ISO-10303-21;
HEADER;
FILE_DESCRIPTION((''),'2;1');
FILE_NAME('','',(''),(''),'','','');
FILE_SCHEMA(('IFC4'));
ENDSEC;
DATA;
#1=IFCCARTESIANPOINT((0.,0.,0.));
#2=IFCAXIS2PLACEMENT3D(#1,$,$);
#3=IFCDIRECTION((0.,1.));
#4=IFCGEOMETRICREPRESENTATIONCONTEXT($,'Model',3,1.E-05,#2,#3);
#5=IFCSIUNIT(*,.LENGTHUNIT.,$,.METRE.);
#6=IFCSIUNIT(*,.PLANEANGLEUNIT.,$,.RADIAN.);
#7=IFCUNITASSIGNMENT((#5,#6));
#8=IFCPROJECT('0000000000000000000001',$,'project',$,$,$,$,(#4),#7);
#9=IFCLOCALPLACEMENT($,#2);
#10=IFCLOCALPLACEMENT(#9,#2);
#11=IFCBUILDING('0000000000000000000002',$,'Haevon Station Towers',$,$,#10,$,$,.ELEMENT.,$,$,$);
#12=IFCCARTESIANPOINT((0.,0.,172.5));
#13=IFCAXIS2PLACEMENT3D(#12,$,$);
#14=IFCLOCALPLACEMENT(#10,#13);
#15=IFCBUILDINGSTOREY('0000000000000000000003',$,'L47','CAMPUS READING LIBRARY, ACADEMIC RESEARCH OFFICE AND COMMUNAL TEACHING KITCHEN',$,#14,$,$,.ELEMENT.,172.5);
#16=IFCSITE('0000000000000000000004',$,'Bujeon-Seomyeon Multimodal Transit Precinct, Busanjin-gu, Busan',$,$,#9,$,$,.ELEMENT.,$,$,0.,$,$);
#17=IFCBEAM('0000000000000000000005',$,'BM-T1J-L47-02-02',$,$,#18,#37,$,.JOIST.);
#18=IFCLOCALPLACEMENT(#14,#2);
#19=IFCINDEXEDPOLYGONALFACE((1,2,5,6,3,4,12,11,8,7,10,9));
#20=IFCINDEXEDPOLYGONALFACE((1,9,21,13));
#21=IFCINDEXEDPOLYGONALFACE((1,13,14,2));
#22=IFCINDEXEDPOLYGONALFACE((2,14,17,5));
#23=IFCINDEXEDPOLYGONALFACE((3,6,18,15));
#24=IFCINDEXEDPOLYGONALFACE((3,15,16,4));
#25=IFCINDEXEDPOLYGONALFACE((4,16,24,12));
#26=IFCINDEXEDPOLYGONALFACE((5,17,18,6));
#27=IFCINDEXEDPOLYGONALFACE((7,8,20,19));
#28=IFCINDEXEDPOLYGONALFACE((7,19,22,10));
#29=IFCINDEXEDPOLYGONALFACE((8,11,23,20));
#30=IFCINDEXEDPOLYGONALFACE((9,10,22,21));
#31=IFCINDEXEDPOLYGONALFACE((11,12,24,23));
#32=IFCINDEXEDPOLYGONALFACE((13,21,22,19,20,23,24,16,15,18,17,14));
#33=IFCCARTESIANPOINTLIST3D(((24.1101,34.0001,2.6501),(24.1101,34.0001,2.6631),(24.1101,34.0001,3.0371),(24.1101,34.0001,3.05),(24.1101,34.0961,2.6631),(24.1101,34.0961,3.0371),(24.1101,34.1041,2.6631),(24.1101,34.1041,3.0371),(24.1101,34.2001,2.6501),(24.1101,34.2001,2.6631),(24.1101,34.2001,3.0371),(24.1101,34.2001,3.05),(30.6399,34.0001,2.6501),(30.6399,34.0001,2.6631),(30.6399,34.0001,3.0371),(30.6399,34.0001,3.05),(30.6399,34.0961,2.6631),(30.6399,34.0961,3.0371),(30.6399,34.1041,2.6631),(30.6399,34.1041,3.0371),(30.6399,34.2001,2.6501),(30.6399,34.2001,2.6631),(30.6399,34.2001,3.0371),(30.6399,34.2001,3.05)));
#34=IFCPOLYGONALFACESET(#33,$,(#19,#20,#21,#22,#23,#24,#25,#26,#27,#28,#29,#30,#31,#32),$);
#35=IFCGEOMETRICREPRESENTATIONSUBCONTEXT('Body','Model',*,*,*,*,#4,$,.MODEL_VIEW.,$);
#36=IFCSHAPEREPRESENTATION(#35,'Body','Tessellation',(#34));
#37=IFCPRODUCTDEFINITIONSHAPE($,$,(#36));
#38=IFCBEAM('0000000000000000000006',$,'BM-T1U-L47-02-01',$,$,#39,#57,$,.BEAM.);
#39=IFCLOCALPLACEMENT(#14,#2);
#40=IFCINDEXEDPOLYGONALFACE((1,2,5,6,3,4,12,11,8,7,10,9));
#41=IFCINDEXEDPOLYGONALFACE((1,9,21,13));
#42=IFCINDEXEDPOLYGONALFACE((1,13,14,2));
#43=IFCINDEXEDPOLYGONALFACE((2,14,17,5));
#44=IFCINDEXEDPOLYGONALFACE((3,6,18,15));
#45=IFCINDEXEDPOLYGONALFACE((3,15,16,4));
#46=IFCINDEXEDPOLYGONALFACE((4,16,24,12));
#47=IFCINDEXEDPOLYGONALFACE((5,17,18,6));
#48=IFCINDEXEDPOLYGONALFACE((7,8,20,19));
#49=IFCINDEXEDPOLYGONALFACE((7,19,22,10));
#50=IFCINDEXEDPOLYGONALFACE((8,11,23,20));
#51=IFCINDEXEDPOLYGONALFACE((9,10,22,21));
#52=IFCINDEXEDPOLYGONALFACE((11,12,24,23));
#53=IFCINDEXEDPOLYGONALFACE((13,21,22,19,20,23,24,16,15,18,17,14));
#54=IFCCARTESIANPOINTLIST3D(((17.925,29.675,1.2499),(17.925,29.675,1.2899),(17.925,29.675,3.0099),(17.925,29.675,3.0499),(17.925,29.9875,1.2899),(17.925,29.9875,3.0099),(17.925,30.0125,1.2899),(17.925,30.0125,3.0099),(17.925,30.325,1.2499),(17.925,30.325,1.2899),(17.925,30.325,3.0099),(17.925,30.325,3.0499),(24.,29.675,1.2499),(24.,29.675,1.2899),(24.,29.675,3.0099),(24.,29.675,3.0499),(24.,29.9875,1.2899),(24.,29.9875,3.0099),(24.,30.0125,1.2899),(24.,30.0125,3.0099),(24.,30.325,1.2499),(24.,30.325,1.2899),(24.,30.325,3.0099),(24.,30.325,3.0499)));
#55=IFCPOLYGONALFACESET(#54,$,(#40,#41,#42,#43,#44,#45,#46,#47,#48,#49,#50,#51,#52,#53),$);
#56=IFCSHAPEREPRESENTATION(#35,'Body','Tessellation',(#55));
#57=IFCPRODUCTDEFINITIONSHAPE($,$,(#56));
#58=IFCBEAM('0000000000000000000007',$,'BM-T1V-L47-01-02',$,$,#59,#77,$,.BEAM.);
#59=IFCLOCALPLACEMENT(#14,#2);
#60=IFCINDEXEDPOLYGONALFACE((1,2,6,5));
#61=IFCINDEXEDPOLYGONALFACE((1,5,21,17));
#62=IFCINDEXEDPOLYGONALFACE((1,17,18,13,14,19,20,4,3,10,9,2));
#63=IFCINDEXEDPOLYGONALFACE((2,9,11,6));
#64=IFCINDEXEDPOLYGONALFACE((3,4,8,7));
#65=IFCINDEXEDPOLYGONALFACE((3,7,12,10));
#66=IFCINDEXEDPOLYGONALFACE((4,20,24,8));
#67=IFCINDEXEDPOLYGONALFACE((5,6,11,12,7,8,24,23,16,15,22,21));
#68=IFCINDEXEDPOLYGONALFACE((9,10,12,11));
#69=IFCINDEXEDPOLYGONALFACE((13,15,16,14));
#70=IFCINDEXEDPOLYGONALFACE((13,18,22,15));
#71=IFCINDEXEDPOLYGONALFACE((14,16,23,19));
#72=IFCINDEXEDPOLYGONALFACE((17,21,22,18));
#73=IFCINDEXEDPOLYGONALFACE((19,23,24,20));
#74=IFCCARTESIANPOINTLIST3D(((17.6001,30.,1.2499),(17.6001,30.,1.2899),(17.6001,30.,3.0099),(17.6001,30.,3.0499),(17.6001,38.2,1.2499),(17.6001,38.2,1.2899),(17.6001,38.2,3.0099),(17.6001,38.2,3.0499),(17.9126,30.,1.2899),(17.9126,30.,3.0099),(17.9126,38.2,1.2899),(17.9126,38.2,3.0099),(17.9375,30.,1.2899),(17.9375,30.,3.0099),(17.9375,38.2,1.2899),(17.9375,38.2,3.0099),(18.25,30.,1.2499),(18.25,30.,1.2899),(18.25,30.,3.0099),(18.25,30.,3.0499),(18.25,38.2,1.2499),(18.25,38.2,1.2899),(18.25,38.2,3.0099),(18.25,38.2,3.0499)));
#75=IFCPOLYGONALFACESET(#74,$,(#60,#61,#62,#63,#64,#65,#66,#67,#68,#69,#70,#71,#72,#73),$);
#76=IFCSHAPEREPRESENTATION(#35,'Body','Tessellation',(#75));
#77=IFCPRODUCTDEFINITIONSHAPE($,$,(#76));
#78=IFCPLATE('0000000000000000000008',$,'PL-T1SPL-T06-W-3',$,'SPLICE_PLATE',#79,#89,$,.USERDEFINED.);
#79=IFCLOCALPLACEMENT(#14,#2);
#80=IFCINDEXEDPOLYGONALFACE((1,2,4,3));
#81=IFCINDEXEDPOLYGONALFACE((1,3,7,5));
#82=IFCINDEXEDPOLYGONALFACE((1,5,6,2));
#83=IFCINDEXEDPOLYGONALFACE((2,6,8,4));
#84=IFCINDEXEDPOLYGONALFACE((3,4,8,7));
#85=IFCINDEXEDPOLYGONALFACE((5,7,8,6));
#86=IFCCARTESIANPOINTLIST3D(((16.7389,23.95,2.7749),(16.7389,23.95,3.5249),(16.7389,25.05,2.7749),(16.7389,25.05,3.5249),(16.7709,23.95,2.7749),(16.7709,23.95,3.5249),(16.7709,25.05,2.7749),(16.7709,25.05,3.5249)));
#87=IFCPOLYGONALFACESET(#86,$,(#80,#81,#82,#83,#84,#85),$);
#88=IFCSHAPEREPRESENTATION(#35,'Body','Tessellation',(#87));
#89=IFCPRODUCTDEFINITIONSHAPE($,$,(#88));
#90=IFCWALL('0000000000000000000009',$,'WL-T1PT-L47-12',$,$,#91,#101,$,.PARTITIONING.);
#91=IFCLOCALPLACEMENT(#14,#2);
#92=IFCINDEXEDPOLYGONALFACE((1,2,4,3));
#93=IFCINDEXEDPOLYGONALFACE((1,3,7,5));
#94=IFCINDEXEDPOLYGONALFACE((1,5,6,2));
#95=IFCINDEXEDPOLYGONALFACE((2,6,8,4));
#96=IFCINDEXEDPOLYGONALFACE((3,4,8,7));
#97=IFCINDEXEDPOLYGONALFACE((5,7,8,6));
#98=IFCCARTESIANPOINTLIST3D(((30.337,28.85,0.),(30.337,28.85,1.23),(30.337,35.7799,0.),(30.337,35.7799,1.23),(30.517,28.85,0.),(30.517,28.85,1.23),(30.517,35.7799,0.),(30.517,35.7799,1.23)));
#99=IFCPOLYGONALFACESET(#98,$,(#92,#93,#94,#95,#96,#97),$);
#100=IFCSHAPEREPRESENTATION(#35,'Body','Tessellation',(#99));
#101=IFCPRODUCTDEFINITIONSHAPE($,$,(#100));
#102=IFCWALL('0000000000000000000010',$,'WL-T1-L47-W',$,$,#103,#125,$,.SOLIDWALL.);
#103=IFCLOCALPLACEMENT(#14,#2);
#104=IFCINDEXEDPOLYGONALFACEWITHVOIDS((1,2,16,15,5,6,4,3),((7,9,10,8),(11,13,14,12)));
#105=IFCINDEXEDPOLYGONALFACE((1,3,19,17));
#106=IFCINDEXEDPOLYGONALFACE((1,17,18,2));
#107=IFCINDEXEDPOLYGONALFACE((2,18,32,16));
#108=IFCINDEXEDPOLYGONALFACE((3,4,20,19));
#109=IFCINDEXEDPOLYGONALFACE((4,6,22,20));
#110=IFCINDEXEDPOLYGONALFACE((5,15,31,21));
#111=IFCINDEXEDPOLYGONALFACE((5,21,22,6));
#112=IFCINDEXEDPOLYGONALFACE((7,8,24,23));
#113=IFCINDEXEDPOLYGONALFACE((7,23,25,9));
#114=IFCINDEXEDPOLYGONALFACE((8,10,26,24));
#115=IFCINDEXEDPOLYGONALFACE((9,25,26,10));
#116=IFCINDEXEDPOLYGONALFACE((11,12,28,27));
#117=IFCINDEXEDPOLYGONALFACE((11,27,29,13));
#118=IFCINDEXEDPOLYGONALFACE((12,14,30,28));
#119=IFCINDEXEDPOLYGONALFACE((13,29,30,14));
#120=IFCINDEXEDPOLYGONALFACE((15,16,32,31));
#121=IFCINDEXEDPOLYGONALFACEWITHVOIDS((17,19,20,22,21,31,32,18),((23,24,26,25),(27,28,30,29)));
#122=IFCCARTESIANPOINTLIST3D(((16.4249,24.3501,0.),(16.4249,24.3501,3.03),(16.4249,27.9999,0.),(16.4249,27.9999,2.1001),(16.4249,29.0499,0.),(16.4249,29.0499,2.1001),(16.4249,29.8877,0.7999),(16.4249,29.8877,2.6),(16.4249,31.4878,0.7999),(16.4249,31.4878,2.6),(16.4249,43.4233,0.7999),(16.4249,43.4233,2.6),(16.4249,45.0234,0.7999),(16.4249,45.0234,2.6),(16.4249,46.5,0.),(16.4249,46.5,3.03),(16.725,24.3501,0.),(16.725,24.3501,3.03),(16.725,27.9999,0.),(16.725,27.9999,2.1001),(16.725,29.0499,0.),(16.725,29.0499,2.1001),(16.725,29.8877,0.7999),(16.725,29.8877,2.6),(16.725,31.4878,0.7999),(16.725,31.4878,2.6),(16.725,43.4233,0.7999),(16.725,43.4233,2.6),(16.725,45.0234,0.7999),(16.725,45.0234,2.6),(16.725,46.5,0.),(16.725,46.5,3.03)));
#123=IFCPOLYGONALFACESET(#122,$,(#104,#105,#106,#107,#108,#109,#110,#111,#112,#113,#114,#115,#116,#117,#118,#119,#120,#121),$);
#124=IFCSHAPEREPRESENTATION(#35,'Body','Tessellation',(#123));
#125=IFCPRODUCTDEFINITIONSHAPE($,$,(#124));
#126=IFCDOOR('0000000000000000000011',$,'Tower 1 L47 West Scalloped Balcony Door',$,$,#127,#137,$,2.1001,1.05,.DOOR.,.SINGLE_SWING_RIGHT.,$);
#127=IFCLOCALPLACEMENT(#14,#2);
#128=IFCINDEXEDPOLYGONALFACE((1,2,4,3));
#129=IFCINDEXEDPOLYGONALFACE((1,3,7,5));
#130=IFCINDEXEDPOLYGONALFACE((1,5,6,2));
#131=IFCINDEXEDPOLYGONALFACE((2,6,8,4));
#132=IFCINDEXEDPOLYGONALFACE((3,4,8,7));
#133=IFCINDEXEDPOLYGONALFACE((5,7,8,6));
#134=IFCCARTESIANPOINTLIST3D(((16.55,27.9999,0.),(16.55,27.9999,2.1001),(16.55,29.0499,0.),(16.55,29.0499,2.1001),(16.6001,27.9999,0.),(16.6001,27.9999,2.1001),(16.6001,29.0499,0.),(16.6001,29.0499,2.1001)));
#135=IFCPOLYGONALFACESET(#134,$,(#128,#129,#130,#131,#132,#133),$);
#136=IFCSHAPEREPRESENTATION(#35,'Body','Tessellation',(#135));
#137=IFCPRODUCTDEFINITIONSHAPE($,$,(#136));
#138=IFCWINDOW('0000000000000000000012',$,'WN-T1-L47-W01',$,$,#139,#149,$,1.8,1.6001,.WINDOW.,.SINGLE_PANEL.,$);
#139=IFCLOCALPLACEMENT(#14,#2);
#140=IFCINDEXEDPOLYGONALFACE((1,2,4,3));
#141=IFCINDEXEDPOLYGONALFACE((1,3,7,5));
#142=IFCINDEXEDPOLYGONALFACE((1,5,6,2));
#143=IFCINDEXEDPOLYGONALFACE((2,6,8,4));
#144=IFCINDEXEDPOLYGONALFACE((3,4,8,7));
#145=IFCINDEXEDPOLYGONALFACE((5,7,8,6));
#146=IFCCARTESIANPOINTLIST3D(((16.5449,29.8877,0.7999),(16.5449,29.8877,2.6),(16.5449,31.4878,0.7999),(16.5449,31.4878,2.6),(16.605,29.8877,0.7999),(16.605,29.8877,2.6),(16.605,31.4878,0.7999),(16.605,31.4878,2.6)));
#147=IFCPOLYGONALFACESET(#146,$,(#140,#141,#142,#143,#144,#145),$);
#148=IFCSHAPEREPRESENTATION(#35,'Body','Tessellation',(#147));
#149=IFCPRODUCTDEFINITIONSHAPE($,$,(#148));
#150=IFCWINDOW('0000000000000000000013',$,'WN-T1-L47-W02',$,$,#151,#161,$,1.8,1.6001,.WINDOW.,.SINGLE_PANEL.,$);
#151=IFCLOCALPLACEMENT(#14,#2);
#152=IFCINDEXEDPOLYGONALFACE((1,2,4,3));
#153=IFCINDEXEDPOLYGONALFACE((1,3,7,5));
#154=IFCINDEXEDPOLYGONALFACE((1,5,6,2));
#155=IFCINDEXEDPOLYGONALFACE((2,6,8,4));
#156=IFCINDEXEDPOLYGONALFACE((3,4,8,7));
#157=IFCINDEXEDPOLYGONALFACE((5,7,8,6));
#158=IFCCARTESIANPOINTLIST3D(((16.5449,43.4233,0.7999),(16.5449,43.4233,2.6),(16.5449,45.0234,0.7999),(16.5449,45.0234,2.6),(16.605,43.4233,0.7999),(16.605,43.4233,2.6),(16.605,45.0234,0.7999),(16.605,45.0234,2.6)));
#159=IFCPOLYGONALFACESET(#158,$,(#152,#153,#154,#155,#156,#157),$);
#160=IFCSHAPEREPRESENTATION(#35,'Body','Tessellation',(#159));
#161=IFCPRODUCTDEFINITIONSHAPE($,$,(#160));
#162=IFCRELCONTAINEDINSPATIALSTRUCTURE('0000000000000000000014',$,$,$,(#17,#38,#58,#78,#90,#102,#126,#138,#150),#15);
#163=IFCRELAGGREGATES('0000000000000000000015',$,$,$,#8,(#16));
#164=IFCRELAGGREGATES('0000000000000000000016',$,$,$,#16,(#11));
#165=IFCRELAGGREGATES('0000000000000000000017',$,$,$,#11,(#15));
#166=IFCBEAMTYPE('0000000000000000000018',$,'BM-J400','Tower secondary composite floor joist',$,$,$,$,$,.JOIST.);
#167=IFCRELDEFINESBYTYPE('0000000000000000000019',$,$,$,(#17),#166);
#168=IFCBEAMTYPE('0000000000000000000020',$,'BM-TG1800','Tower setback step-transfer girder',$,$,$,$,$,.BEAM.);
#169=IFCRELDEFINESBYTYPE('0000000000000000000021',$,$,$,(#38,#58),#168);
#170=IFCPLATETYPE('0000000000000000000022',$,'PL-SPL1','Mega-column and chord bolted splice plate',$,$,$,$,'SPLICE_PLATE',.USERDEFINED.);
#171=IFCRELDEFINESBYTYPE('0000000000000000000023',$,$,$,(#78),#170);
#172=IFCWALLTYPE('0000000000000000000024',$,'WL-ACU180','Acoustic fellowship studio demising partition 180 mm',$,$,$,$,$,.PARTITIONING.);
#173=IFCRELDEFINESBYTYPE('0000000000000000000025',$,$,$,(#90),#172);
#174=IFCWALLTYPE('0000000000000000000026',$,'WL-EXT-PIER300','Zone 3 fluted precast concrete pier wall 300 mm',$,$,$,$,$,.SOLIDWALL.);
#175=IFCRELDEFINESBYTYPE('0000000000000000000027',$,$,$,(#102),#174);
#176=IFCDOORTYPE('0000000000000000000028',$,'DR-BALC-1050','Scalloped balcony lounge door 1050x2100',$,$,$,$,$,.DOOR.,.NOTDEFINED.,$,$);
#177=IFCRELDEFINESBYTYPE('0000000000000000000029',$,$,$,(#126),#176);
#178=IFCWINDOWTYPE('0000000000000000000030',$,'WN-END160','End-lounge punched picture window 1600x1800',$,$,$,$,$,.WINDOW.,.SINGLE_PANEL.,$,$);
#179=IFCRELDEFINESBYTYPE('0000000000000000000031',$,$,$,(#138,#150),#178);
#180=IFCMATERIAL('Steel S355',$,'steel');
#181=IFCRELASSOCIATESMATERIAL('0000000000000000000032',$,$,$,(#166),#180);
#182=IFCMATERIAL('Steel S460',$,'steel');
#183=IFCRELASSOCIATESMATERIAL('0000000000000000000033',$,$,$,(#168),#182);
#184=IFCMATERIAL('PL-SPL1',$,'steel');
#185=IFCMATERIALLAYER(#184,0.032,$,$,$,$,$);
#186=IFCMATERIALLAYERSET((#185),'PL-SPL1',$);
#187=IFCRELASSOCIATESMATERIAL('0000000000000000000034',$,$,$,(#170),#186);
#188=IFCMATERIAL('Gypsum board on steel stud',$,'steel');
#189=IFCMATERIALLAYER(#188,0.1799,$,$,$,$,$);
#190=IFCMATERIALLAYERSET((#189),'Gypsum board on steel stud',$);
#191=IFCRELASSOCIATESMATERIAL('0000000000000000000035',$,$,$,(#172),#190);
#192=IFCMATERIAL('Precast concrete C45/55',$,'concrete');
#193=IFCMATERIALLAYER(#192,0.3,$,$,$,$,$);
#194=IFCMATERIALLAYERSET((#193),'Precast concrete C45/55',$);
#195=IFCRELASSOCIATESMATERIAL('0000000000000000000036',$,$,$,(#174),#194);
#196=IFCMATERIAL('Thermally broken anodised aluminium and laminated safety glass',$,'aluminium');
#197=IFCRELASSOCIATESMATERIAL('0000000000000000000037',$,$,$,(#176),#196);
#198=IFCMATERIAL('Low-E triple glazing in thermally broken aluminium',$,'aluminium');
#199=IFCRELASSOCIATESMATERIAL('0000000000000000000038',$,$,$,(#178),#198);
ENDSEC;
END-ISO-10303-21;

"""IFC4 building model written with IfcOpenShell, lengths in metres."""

from ifc_helpers import new_model, si_unit, direction, frame, frame_2d, origin, origin_2d, place, context, subcontext, project, spatial, rectangle, i_section, extrude, material, layer, layer_set, material_profile, profile_set, type_object, element, fill, save


model = new_model("IFC4")

# Units and contexts
model_context = context("Model", 3, precision=1e-05, world=origin(), true_north=direction((0.0, 1.0)))
body_context = subcontext(model_context, "Body", "Model", "MODEL_VIEW")
ifc_project = project(units=[si_unit("LENGTHUNIT", "METRE"), si_unit("PLANEANGLEUNIT", "RADIAN")], contexts=[model_context])

# Site, building, storey
site_placement = place(None, origin())
site = spatial("IfcSite", under=ifc_project, at=site_placement, Name="Bujeon-Seomyeon Multimodal Transit Precinct, Busanjin-gu, Busan", CompositionType="ELEMENT", RefElevation=0.0)
building_placement = place(site_placement, origin())
building = spatial("IfcBuilding", under=site, at=building_placement, Name="Haevon Station Towers", CompositionType="ELEMENT")
storey_placement = place(building_placement, frame((0.0, 0.0, 172.5)))
storey = spatial("IfcBuildingStorey", under=building, at=storey_placement, Name="L47", Description="CAMPUS READING LIBRARY, ACADEMIC RESEARCH OFFICE AND COMMUNAL TEACHING KITCHEN", CompositionType="ELEMENT", Elevation=172.5)

# Shared definitions
ifc_material_1 = material(Name="Steel S355", Category="steel")

# Beams
ifc_material_profile_1 = material_profile(ifc_material_1, i_section(OverallWidth=0.2, OverallDepth=0.3999, WebThickness=0.0081, FlangeThickness=0.0129, at=origin_2d()), Name="H-400x200x8x13")
ifc_profile_set_1 = profile_set([ifc_material_profile_1], Name="Steel S355")
beam_type_1 = type_object("IfcBeamType", Name="BM-J400", Description="Tower secondary composite floor joist", PredefinedType="JOIST", material=ifc_profile_set_1)
beam_1_placement = place(storey_placement, frame((24.1101, 34.1001, 2.8501), z_axis=(1.0, 0.0, 0.0), x_axis=(0.0, 1.0, 0.0)))
element("IfcBeam", 1, at=beam_1_placement, inside=storey, type_object=beam_type_1, Name="BM-T1J-L47-02-02", PredefinedType="JOIST", context=body_context, shape_type="SweptSolid", body=[
    extrude(i_section(OverallWidth=0.2, OverallDepth=0.3999, WebThickness=0.0081, FlangeThickness=0.0129, at=origin_2d()), origin(), (0.0, 0.0, 1.0), 6.5298),
])
ifc_material_2 = material(Name="Steel S460", Category="steel")
ifc_material_profile_2 = material_profile(ifc_material_2, i_section(OverallWidth=0.6499, OverallDepth=1.8, WebThickness=0.0249, FlangeThickness=0.04, at=origin_2d()), Name="H-1800x650x25x40")
ifc_profile_set_2 = profile_set([ifc_material_profile_2], Name="Steel S460")
beam_type_2 = type_object("IfcBeamType", Name="BM-TG1800", Description="Tower setback step-transfer girder", PredefinedType="BEAM", material=ifc_profile_set_2)
beam_2_placement = place(storey_placement, frame((17.925, 30.0, 2.1499), z_axis=(1.0, 0.0, 0.0), x_axis=(0.0, 1.0, 0.0)))
element("IfcBeam", 2, at=beam_2_placement, inside=storey, type_object=beam_type_2, Name="BM-T1U-L47-02-01", PredefinedType="BEAM", context=body_context, shape_type="SweptSolid", body=[
    extrude(i_section(OverallWidth=0.6499, OverallDepth=1.8, WebThickness=0.0249, FlangeThickness=0.04, at=origin_2d()), origin(), (0.0, 0.0, 1.0), 6.075),
])
beam_3_placement = place(storey_placement, frame((17.925, 30.0, 2.1499), z_axis=(0.0, 1.0, 0.0), x_axis=(-1.0, 0.0, 0.0)))
element("IfcBeam", 3, at=beam_3_placement, inside=storey, type_object=beam_type_2, Name="BM-T1V-L47-01-02", PredefinedType="BEAM", context=body_context, shape_type="SweptSolid", body=[
    extrude(i_section(OverallWidth=0.6499, OverallDepth=1.8, WebThickness=0.0249, FlangeThickness=0.04, at=origin_2d()), origin(), (0.0, 0.0, 1.0), 8.2),
])

# Plate
ifc_material_3 = material(Name="PL-SPL1", Category="steel")
ifc_layer_1 = layer(ifc_material_3, 0.032)
ifc_layer_set_1 = layer_set([ifc_layer_1], Name="PL-SPL1")
plate_type = type_object("IfcPlateType", Name="PL-SPL1", Description="Mega-column and chord bolted splice plate", ElementType="SPLICE_PLATE", PredefinedType="USERDEFINED", material=ifc_layer_set_1)
plate_placement = place(storey_placement, frame((16.7549, 24.5, 2.7749), z_axis=(0.0, 0.0, 1.0), x_axis=(0.0, 1.0, 0.0)))
element("IfcPlate", 4, at=plate_placement, inside=storey, type_object=plate_type, Name="PL-T1SPL-T06-W-3", ObjectType="SPLICE_PLATE", PredefinedType="USERDEFINED", context=body_context, shape_type="SweptSolid", body=[
    extrude(rectangle(XDim=1.1001, YDim=0.032, at=origin_2d()), origin(), (0.0, 0.0, 1.0), 0.75),
])

# Wall
ifc_material_4 = material(Name="Gypsum board on steel stud", Category="steel")
ifc_layer_2 = layer(ifc_material_4, 0.1799)
ifc_layer_set_2 = layer_set([ifc_layer_2], Name="Gypsum board on steel stud")
wall_type_1 = type_object("IfcWallType", Name="WL-ACU180", Description="Acoustic fellowship studio demising partition 180 mm", PredefinedType="PARTITIONING", material=ifc_layer_set_2)
wall_1_placement = place(storey_placement, frame((30.427, 28.8501, 0.0), z_axis=(0.0, 0.0, 1.0), x_axis=(0.0, 1.0, 0.0)))
element("IfcWall", 5, at=wall_1_placement, inside=storey, type_object=wall_type_1, Name="WL-T1PT-L47-12", PredefinedType="PARTITIONING", context=body_context, shape_type="SweptSolid", body=[
    extrude(rectangle(XDim=6.9299, YDim=0.1799, at=frame_2d((3.4648, 0.0))), origin(), (0.0, 0.0, 1.0), 1.23),
])

# Wall, openings, door, windows
ifc_material_5 = material(Name="Precast concrete C45/55", Category="concrete")
ifc_layer_3 = layer(ifc_material_5, 0.3)
ifc_layer_set_3 = layer_set([ifc_layer_3], Name="Precast concrete C45/55")
wall_type_2 = type_object("IfcWallType", Name="WL-EXT-PIER300", Description="Zone 3 fluted precast concrete pier wall 300 mm", PredefinedType="SOLIDWALL", material=ifc_layer_set_3)
wall_2_placement = place(storey_placement, frame((16.575, 24.3501, 0.0), z_axis=(0.0, 0.0, 1.0), x_axis=(0.0, 1.0, 0.0)))
wall_2 = element("IfcWall", 6, at=wall_2_placement, inside=storey, type_object=wall_type_2, Name="WL-T1-L47-W", PredefinedType="SOLIDWALL", context=body_context, shape_type="SweptSolid", body=[
    extrude(rectangle(XDim=22.1499, YDim=0.3, at=frame_2d((11.075, 0.0))), origin(), (0.0, 0.0, 1.0), 3.03),
])
opening_1_placement = place(wall_2_placement, frame((3.6499, 0.0, 0.0)))
opening_1 = element("IfcOpeningElement", 7, at=opening_1_placement, cuts=wall_2, PredefinedType="OPENING", context=body_context, shape_type="SweptSolid", body=[
    extrude(rectangle(XDim=1.05, YDim=2.1001, at=frame_2d((0.5249, 1.05))), frame((0.0, 0.1599, 0.0), z_axis=(0.0, -1.0, 0.0), x_axis=(1.0, 0.0, 0.0)), (0.0, 0.0, 1.0), 0.3201),
])
opening_2_placement = place(wall_2_placement, frame((5.5376, 0.0, 0.8)))
opening_2 = element("IfcOpeningElement", 8, at=opening_2_placement, cuts=wall_2, PredefinedType="OPENING", context=body_context, shape_type="SweptSolid", body=[
    extrude(rectangle(XDim=1.6001, YDim=1.8, at=frame_2d((0.8, 0.8999))), frame((0.0, 0.1599, 0.0), z_axis=(0.0, -1.0, 0.0), x_axis=(1.0, 0.0, 0.0)), (0.0, 0.0, 1.0), 0.3201),
])
opening_3_placement = place(wall_2_placement, frame((19.0732, 0.0, 0.8)))
opening_3 = element("IfcOpeningElement", 9, at=opening_3_placement, cuts=wall_2, PredefinedType="OPENING", context=body_context, shape_type="SweptSolid", body=[
    extrude(rectangle(XDim=1.6001, YDim=1.8, at=frame_2d((0.8, 0.8999))), frame((0.0, 0.1599, 0.0), z_axis=(0.0, -1.0, 0.0), x_axis=(1.0, 0.0, 0.0)), (0.0, 0.0, 1.0), 0.3201),
])
ifc_material_6 = material(Name="Thermally broken anodised aluminium and laminated safety glass", Category="aluminium")
door_type = type_object("IfcDoorType", Name="DR-BALC-1050", Description="Scalloped balcony lounge door 1050x2100", OperationType="NOTDEFINED", PredefinedType="DOOR", material=ifc_material_6)
door_placement = place(opening_1_placement, origin())
door = element("IfcDoor", 10, at=door_placement, inside=storey, type_object=door_type, Name="Tower 1 L47 West Scalloped Balcony Door", OperationType="SINGLE_SWING_RIGHT", OverallHeight=2.1001, OverallWidth=1.05, PredefinedType="DOOR", context=body_context, shape_type="SweptSolid", body=[
    extrude(rectangle(XDim=1.05, YDim=2.1001, at=frame_2d((0.5249, 1.05))), frame((0.0, 0.0249, 0.0), z_axis=(0.0, -1.0, 0.0), x_axis=(1.0, 0.0, 0.0)), (0.0, 0.0, 1.0), 0.05),
])
fill(opening_1, door)
ifc_material_7 = material(Name="Low-E triple glazing in thermally broken aluminium", Category="aluminium")
window_type = type_object("IfcWindowType", Name="WN-END160", Description="End-lounge punched picture window 1600x1800", PartitioningType="SINGLE_PANEL", PredefinedType="WINDOW", material=ifc_material_7)
window_1_placement = place(opening_2_placement, origin())
window_1 = element("IfcWindow", 11, at=window_1_placement, inside=storey, type_object=window_type, Name="WN-T1-L47-W01", OverallHeight=1.8, OverallWidth=1.6001, PartitioningType="SINGLE_PANEL", PredefinedType="WINDOW", context=body_context, shape_type="SweptSolid", body=[
    extrude(rectangle(XDim=1.6001, YDim=1.8, at=frame_2d((0.8, 0.8999))), frame((0.0, 0.03, 0.0), z_axis=(0.0, -1.0, 0.0), x_axis=(1.0, 0.0, 0.0)), (0.0, 0.0, 1.0), 0.0601),
])
fill(opening_2, window_1)
window_2_placement = place(opening_3_placement, origin())
window_2 = element("IfcWindow", 12, at=window_2_placement, inside=storey, type_object=window_type, Name="WN-T1-L47-W02", OverallHeight=1.8, OverallWidth=1.6001, PartitioningType="SINGLE_PANEL", PredefinedType="WINDOW", context=body_context, shape_type="SweptSolid", body=[
    extrude(rectangle(XDim=1.6001, YDim=1.8, at=frame_2d((0.8, 0.8999))), frame((0.0, 0.03, 0.0), z_axis=(0.0, -1.0, 0.0), x_axis=(1.0, 0.0, 0.0)), (0.0, 0.0, 1.0), 0.0601),
])
fill(opening_3, window_2)

save(model, "model.ifc")
